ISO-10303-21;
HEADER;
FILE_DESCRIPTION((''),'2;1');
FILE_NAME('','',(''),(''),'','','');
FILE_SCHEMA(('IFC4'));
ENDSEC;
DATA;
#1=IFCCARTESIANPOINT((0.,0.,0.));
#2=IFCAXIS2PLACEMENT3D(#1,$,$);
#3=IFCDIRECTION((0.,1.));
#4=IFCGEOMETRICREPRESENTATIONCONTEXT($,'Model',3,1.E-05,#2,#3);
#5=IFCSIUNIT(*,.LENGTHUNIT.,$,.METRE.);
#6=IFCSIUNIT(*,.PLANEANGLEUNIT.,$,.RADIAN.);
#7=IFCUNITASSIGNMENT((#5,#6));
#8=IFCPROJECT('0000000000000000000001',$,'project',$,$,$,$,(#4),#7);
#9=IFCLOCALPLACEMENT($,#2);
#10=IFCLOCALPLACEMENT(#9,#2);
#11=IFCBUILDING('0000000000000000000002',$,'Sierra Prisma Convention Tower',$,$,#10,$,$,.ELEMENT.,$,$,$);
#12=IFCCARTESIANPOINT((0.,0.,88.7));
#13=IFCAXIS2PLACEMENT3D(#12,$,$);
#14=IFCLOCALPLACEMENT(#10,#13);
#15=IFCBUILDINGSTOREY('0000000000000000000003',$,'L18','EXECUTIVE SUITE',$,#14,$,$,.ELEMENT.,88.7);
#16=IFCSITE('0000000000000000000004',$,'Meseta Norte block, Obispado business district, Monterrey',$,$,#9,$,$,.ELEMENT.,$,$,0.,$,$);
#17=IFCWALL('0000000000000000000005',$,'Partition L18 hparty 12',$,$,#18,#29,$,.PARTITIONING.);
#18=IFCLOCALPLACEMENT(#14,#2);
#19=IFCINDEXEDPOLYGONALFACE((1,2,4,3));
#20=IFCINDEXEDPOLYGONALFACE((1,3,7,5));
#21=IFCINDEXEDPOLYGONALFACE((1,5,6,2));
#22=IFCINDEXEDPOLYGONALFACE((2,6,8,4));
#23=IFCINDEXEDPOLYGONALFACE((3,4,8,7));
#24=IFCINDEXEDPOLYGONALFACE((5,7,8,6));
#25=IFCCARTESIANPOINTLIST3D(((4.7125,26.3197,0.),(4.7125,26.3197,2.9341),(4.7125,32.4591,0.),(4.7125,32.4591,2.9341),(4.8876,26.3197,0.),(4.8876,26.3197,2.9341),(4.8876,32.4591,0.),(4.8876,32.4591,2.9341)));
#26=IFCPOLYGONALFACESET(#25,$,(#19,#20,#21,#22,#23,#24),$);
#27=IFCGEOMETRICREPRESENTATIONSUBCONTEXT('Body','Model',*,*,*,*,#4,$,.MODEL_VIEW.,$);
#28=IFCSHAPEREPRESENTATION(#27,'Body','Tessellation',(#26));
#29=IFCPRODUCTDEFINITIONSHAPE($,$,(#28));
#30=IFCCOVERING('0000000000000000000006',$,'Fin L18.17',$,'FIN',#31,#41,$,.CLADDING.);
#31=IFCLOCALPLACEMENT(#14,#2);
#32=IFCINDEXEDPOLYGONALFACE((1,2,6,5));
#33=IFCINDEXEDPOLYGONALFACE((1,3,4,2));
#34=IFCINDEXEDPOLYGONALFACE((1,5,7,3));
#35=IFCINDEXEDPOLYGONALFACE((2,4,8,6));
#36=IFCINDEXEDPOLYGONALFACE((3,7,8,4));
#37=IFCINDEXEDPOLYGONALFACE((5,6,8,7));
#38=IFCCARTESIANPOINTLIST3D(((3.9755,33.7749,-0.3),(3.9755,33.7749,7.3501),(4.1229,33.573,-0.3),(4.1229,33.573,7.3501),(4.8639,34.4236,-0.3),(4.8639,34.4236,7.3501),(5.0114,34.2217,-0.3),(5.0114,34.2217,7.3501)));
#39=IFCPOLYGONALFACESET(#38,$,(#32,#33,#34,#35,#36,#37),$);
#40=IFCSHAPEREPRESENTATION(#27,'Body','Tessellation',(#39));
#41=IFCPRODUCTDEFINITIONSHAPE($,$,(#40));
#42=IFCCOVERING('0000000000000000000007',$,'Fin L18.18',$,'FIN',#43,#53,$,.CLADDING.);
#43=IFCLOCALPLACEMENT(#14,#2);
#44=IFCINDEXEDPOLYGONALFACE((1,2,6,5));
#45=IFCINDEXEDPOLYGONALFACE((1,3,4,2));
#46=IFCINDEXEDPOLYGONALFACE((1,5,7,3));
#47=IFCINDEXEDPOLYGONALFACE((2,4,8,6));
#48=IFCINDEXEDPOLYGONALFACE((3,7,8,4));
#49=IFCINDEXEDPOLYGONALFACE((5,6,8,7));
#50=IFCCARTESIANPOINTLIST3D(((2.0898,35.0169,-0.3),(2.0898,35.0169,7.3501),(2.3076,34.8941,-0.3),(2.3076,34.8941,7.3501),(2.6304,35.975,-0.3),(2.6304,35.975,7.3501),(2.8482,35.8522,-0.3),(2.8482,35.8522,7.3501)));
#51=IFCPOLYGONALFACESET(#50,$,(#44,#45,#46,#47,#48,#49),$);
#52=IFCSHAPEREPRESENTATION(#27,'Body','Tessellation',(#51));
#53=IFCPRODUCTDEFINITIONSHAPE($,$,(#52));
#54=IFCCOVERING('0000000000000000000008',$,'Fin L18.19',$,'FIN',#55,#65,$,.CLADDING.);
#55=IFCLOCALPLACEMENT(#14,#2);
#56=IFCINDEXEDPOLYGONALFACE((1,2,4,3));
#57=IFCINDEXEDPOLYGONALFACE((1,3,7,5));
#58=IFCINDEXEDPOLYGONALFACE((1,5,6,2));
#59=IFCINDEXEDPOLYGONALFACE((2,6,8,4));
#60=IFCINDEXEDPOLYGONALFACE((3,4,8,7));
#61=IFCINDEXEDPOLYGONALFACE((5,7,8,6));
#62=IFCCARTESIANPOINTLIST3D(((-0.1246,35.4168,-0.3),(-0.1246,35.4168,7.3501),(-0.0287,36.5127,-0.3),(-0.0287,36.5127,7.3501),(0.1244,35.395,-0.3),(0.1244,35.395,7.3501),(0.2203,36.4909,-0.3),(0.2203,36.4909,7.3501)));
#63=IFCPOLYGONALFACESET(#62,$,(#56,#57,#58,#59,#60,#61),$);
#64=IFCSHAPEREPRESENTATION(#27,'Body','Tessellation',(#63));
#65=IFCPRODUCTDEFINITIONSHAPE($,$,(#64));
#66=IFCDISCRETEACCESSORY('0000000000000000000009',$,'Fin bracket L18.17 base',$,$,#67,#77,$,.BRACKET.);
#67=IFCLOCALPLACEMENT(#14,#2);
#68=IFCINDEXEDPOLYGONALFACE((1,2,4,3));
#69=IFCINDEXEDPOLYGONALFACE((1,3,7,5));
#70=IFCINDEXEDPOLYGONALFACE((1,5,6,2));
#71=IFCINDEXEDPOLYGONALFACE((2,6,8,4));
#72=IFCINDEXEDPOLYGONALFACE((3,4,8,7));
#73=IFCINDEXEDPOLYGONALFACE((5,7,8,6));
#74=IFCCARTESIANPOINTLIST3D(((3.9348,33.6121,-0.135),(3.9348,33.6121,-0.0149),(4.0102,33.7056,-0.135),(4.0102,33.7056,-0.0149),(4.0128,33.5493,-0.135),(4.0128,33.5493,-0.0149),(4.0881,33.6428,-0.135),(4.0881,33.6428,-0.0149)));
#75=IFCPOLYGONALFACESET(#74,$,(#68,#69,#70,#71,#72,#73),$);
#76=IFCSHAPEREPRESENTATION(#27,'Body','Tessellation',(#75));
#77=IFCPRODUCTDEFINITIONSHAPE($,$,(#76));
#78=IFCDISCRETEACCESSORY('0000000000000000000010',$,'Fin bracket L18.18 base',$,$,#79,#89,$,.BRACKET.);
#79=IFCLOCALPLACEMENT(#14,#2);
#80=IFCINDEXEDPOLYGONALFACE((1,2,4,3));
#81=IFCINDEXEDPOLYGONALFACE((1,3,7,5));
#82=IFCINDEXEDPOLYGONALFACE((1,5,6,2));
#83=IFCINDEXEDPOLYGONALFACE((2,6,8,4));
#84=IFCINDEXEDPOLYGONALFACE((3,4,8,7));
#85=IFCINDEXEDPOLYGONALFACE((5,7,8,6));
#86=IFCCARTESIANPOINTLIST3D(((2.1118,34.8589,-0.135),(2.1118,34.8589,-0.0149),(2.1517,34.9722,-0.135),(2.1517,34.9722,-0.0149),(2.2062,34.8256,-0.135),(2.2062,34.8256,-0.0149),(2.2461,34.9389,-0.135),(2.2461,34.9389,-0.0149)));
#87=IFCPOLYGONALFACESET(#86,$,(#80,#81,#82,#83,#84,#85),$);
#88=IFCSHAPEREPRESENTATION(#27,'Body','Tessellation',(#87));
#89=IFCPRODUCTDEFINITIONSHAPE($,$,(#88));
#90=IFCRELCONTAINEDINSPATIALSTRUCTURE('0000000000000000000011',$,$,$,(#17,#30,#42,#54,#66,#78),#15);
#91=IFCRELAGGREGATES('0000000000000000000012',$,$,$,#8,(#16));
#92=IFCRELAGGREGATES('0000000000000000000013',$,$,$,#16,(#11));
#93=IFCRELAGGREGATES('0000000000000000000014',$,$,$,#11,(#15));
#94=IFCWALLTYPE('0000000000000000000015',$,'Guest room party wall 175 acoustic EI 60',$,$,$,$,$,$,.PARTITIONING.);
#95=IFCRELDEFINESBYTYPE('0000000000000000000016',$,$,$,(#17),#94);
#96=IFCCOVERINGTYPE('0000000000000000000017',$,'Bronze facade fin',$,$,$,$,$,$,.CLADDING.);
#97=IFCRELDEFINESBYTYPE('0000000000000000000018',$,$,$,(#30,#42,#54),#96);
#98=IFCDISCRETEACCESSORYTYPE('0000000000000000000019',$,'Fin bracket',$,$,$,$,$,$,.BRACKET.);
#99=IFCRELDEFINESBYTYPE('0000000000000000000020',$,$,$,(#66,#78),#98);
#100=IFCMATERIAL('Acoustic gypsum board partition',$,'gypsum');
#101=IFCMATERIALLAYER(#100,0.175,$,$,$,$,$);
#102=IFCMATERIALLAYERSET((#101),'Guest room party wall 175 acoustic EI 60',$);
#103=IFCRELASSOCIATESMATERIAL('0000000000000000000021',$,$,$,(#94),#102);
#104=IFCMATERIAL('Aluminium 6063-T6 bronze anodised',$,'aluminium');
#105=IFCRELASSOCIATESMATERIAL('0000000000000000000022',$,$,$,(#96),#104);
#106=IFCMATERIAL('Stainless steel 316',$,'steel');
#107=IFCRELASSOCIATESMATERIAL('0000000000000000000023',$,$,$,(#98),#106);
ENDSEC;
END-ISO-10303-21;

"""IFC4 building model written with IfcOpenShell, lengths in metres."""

from ifc_helpers import new_model, si_unit, direction, frame, frame_2d, origin, origin_2d, place, context, subcontext, project, spatial, rectangle, extrude, material, layer, layer_set, material_profile, profile_set, type_object, element, save


model = new_model("IFC4")

# Units and contexts
model_context = context("Model", 3, precision=1e-05, world=origin(), true_north=direction((0.0, 1.0)))
body_context = subcontext(model_context, "Body", "Model", "MODEL_VIEW")
ifc_project = project(units=[si_unit("LENGTHUNIT", "METRE"), si_unit("PLANEANGLEUNIT", "RADIAN")], contexts=[model_context])

# Site, building, storey
site_placement = place(None, origin())
site = spatial("IfcSite", under=ifc_project, at=site_placement, Name="Meseta Norte block, Obispado business district, Monterrey", CompositionType="ELEMENT", RefElevation=0.0)
building_placement = place(site_placement, origin())
building = spatial("IfcBuilding", under=site, at=building_placement, Name="Sierra Prisma Convention Tower", CompositionType="ELEMENT")
storey_placement = place(building_placement, frame((0.0, 0.0, 88.7)))
storey = spatial("IfcBuildingStorey", under=building, at=storey_placement, Name="L18", Description="EXECUTIVE SUITE", CompositionType="ELEMENT", Elevation=88.7)

# Wall
ifc_material_1 = material(Name="Acoustic gypsum board partition", Category="gypsum")
ifc_layer_1 = layer(ifc_material_1, 0.175)
ifc_layer_set_1 = layer_set([ifc_layer_1], Name="Guest room party wall 175 acoustic EI 60")
wall_type_1 = type_object("IfcWallType", Name="Guest room party wall 175 acoustic EI 60", PredefinedType="PARTITIONING", material=ifc_layer_set_1)
wall_1_placement = place(storey_placement, frame((4.8, 26.3196, 0.0), z_axis=(0.0, 0.0, 1.0), x_axis=(0.0, 1.0, 0.0)))
element("IfcWall", 1, at=wall_1_placement, inside=storey, type_object=wall_type_1, Name="Partition L18 hparty 12", PredefinedType="PARTITIONING", context=body_context, shape_type="SweptSolid", body=[
    extrude(rectangle(XDim=6.1394, YDim=0.175, at=frame_2d((3.0698, 0.0))), origin(), (0.0, 0.0, 1.0), 2.9341),
])

# Coverings
ifc_material_2 = material(Name="Aluminium 6063-T6 bronze anodised", Category="aluminium")
ifc_material_profile_1 = material_profile(ifc_material_2, rectangle(XDim=1.1001, YDim=0.25, at=origin_2d()), Name="ALU FIN 1100x250")
ifc_profile_set_1 = profile_set([ifc_material_profile_1], Name="Aluminium 6063-T6 bronze anodised")
covering_type = type_object("IfcCoveringType", Name="Bronze facade fin", PredefinedType="CLADDING", material=ifc_profile_set_1)
for number, where, z_axis, x_axis, name in (
    (2, (4.4934, 33.9983, -0.3), (0.0, 0.0, 1.0), (0.807647, 0.589666, 0.0), "Fin L18.17"),
    (3, (2.469, 35.4346, -0.3), (0.0, 0.0, 1.0), (0.491411, 0.870928, 0.0), "Fin L18.18"),
    (4, (0.0479, 35.9539, -0.3), (0.0, 0.0, 1.0), (0.087156, 0.996195, 0.0), "Fin L18.19"),
):
    element("IfcCovering", number, at=place(storey_placement, frame(where, z_axis=z_axis, x_axis=x_axis)), inside=storey, type_object=covering_type, Name=name, ObjectType="FIN", PredefinedType="CLADDING", context=body_context, shape_type="SweptSolid", body=[
        extrude(rectangle(XDim=1.1001, YDim=0.25, at=origin_2d()), origin(), (0.0, 0.0, 1.0), 7.6501),
    ])

# Discrete accessories
ifc_material_3 = material(Name="Stainless steel 316", Category="steel")
discrete_accessory_type = type_object("IfcDiscreteAccessoryType", Name="Fin bracket", PredefinedType="BRACKET", material=ifc_material_3)
for number, where, z_axis, x_axis, name in (
    (5, (4.0115, 33.6274, -0.135), (0.0, 0.0, 1.0), (0.627511, 0.778608, 0.0), "Fin bracket L18.17 base"),
    (6, (2.179, 34.8989, -0.135), (0.0, 0.0, 1.0), (0.33271, 0.943029, 0.0), "Fin bracket L18.18 base"),
):
    element("IfcDiscreteAccessory", number, at=place(storey_placement, frame(where, z_axis=z_axis, x_axis=x_axis)), inside=storey, type_object=discrete_accessory_type, Name=name, PredefinedType="BRACKET", context=body_context, shape_type="SweptSolid", body=[
        extrude(rectangle(XDim=0.1201, YDim=0.1001, at=origin_2d()), origin(), (0.0, 0.0, 1.0), 0.1201),
    ])

save(model, "model.ifc")
